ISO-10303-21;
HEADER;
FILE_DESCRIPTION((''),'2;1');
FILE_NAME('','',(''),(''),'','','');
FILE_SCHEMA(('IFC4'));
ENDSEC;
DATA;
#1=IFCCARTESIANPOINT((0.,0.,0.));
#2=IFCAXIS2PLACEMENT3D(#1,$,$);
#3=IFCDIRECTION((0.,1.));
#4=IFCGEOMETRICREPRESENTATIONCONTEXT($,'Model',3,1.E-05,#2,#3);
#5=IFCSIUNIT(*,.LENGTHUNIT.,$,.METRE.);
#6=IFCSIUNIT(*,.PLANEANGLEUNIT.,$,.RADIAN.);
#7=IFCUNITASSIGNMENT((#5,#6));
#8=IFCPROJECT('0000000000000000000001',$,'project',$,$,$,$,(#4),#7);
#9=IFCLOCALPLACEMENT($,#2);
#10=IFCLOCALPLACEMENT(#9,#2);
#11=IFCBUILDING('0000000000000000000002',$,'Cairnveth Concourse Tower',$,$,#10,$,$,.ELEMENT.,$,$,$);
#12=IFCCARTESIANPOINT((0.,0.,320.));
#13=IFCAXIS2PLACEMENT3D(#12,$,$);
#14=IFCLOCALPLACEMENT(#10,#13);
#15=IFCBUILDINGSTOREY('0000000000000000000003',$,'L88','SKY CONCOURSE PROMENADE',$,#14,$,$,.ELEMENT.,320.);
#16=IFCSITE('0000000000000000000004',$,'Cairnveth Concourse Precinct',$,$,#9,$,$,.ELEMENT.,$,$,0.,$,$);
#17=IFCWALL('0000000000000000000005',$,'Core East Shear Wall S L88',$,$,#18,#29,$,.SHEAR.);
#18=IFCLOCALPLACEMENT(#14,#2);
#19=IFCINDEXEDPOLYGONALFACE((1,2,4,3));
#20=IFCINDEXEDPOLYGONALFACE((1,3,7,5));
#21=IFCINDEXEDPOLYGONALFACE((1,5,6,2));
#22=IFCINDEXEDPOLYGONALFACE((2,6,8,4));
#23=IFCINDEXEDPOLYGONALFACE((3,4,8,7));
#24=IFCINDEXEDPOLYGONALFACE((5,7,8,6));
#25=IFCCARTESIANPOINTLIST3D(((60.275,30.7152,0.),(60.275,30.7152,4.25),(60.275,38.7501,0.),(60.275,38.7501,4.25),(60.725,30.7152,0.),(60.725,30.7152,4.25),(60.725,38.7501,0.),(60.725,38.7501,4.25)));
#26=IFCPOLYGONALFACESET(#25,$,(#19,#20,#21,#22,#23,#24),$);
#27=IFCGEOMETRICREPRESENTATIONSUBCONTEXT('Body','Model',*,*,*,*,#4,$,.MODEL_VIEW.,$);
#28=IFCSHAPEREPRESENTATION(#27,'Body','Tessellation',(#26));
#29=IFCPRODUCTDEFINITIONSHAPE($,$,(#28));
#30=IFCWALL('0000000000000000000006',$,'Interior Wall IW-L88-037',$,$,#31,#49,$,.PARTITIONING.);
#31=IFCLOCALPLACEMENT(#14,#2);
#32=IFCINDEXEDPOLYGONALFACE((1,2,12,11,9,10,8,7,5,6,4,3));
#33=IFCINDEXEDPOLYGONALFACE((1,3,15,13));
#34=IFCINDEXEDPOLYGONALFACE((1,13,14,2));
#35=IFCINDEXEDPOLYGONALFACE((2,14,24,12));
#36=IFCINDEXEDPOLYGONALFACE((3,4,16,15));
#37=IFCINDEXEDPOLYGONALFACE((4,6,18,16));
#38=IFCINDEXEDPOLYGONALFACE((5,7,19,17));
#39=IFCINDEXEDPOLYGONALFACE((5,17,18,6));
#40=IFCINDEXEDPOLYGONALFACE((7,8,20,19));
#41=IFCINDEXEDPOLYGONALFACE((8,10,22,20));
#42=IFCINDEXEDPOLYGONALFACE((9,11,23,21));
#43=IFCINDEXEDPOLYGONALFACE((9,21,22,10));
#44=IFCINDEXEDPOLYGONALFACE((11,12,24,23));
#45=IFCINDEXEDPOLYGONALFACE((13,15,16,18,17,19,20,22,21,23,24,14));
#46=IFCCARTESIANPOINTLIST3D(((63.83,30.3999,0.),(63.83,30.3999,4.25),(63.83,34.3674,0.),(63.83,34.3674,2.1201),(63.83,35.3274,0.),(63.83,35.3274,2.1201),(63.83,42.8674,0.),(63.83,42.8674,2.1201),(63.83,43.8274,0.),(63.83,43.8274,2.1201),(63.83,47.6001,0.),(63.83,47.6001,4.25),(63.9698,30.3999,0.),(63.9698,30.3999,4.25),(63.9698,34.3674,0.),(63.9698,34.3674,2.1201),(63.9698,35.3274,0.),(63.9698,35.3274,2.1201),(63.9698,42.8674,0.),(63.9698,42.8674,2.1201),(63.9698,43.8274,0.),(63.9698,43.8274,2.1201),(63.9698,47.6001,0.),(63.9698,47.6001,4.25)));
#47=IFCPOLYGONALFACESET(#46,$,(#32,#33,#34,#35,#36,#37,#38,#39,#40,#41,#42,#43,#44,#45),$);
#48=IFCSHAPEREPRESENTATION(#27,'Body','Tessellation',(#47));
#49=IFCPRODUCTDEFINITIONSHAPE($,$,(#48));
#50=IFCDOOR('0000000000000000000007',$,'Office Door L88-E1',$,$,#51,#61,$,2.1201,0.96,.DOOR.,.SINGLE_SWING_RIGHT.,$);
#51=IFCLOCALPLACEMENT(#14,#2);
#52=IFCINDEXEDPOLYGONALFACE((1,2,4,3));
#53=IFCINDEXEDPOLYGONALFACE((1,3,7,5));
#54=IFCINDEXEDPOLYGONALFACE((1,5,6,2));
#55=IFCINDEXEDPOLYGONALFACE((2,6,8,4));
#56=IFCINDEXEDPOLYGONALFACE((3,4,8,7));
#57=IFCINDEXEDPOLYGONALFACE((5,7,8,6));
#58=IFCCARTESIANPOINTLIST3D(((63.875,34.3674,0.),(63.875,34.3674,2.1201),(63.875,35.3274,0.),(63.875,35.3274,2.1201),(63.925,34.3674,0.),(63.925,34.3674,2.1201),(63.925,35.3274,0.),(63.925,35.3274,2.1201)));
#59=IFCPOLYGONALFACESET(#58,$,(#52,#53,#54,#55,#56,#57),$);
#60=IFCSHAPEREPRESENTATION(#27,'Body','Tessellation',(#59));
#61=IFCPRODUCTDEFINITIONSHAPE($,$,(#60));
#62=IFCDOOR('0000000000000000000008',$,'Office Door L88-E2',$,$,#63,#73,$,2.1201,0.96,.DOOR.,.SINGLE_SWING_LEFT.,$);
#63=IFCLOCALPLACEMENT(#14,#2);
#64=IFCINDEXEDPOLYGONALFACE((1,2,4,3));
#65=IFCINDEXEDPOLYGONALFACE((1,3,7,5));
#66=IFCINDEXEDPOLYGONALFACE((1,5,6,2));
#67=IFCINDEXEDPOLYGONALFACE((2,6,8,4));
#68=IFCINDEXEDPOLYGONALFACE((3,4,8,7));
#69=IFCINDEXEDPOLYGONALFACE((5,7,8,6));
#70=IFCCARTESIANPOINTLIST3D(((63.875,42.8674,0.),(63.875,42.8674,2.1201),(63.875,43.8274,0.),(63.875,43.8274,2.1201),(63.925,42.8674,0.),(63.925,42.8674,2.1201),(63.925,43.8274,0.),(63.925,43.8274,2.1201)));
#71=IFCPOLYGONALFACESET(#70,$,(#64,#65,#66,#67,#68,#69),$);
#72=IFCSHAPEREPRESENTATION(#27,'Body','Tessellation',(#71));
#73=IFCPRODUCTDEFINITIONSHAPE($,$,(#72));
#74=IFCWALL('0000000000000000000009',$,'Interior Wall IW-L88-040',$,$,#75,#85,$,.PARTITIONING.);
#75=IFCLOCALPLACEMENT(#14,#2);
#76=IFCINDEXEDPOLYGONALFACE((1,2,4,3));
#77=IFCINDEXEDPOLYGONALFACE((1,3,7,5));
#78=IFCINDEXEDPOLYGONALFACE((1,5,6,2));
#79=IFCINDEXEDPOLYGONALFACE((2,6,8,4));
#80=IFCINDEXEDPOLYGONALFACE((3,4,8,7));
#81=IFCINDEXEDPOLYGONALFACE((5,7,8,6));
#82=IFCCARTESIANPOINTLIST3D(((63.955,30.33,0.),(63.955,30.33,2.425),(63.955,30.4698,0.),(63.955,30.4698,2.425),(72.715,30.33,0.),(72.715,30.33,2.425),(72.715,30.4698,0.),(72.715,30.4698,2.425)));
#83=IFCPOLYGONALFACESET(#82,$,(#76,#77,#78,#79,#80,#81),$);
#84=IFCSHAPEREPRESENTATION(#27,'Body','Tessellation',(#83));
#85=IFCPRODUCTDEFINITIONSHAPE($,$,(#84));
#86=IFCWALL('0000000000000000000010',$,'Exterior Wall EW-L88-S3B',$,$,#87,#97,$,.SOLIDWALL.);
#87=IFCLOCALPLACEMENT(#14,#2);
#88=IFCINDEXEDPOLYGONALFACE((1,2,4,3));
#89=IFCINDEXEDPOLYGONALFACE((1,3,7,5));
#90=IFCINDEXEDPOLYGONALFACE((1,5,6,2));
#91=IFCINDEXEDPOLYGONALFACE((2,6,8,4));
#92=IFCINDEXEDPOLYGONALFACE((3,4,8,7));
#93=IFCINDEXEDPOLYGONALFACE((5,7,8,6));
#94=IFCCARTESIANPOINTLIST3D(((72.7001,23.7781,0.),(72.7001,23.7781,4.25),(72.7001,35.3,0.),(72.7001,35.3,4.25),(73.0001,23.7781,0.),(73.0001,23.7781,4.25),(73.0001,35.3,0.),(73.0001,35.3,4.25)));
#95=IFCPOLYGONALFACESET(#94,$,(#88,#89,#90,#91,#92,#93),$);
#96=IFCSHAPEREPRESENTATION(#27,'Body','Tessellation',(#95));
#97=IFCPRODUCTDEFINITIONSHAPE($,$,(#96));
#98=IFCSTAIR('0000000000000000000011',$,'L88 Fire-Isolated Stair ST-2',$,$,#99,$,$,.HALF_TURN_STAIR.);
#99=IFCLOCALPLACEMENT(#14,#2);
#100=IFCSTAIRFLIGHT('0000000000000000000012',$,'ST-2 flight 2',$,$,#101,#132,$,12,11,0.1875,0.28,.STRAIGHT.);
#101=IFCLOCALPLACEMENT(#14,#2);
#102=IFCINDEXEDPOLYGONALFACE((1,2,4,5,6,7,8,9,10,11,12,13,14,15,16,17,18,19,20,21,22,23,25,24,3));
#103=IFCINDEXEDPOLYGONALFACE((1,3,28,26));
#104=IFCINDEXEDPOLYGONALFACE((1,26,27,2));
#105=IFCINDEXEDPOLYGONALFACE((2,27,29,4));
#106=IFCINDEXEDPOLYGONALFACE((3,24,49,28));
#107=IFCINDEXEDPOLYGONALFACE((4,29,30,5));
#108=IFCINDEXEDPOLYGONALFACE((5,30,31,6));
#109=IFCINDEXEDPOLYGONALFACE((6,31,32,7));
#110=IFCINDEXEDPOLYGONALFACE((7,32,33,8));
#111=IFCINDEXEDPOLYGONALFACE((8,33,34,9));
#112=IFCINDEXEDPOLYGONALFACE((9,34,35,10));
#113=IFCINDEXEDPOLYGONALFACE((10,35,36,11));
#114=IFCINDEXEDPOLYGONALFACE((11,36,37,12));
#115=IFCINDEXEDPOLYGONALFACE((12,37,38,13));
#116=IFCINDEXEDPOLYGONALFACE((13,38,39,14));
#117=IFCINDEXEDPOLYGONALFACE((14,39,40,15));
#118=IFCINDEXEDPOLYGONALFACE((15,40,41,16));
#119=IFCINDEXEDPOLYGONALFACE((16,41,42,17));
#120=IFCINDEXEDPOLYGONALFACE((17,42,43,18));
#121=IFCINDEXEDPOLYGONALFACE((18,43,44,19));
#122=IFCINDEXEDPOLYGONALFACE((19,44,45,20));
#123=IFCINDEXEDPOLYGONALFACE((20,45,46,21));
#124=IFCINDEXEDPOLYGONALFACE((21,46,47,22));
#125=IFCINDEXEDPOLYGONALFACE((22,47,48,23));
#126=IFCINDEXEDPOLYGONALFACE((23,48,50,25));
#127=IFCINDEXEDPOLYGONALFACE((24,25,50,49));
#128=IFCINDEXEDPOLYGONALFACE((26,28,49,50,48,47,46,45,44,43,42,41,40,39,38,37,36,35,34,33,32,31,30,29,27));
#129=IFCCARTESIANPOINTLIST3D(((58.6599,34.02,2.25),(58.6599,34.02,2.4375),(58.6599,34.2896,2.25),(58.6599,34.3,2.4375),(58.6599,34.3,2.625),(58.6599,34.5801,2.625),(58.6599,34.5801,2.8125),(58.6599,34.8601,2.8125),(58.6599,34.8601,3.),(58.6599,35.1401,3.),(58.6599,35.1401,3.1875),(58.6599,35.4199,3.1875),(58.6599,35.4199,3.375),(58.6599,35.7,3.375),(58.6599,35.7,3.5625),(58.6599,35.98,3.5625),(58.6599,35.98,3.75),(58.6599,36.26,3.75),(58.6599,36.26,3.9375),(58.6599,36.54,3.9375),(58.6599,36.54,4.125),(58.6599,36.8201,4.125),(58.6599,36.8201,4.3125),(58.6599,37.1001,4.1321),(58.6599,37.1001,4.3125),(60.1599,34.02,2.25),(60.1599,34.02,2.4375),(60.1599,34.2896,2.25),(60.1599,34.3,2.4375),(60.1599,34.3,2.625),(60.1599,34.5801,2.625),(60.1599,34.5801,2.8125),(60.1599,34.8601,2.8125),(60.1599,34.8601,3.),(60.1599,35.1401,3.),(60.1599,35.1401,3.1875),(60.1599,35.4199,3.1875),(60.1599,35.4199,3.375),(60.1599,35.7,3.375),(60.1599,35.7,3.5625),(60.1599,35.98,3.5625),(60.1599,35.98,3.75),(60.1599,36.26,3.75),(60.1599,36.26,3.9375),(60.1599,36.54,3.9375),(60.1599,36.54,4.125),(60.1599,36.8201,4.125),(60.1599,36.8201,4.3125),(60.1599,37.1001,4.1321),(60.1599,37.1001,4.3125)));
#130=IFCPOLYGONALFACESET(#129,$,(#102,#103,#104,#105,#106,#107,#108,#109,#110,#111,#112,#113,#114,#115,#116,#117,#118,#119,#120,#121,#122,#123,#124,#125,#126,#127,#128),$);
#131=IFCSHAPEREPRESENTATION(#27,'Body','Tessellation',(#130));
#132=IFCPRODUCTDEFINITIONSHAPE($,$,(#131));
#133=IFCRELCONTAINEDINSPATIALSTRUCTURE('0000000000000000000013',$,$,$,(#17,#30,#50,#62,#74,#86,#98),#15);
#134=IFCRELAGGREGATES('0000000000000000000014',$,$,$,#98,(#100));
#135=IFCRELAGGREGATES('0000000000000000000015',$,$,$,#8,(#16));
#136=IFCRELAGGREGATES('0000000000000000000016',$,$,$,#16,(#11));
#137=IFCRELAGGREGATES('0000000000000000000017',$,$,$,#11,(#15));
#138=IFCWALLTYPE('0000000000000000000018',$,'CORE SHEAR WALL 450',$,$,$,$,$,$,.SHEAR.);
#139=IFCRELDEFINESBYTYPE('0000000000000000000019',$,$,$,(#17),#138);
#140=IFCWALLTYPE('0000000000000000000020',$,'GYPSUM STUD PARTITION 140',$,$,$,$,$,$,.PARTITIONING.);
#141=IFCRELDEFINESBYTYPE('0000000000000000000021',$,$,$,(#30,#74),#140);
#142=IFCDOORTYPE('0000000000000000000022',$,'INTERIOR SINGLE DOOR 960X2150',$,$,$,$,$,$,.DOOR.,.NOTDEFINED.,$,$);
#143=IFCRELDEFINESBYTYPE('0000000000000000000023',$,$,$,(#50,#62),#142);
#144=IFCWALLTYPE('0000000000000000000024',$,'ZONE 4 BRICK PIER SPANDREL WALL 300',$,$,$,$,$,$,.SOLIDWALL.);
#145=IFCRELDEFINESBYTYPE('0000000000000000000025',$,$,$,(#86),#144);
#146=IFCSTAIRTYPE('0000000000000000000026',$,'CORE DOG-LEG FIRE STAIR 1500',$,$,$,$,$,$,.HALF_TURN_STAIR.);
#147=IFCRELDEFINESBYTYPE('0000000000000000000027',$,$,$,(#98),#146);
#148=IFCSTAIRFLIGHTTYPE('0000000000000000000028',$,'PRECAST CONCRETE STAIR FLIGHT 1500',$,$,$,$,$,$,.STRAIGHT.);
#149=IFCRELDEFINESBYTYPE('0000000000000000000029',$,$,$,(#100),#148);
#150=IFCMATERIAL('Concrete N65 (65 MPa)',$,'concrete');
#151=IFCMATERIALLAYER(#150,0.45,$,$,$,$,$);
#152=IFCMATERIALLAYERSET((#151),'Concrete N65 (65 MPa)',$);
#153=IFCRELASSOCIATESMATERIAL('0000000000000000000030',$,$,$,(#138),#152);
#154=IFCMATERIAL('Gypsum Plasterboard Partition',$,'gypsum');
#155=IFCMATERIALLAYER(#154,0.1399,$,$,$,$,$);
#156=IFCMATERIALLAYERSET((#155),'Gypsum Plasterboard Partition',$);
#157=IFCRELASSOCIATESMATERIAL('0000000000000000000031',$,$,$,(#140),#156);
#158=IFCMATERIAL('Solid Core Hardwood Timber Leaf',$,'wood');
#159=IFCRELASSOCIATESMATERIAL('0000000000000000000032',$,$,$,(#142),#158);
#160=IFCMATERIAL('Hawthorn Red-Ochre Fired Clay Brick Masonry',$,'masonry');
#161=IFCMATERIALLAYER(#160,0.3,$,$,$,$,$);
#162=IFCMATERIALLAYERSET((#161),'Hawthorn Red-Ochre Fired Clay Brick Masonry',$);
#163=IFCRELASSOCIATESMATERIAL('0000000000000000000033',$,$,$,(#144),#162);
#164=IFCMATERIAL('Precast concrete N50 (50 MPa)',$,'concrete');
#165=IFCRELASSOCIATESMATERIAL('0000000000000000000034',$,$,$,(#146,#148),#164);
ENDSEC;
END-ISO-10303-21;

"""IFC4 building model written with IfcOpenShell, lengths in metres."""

from ifc_helpers import new_model, si_unit, direction, frame, frame_2d, origin, place, context, subcontext, project, spatial, polyline, rectangle, outline, extrude, material, layer, layer_set, type_object, element, fill, aggregate, save


model = new_model("IFC4")

# Units and contexts
model_context = context("Model", 3, precision=1e-05, world=origin(), true_north=direction((0.0, 1.0)))
body_context = subcontext(model_context, "Body", "Model", "MODEL_VIEW")
ifc_project = project(units=[si_unit("LENGTHUNIT", "METRE"), si_unit("PLANEANGLEUNIT", "RADIAN")], contexts=[model_context])

# Site, building, storey
site_placement = place(None, origin())
site = spatial("IfcSite", under=ifc_project, at=site_placement, Name="Cairnveth Concourse Precinct", CompositionType="ELEMENT", RefElevation=0.0)
building_placement = place(site_placement, origin())
building = spatial("IfcBuilding", under=site, at=building_placement, Name="Cairnveth Concourse Tower", CompositionType="ELEMENT")
storey_placement = place(building_placement, frame((0.0, 0.0, 320.0)))
storey = spatial("IfcBuildingStorey", under=building, at=storey_placement, Name="L88", Description="SKY CONCOURSE PROMENADE", CompositionType="ELEMENT", Elevation=320.0)

# Shared definitions
ifc_material_1 = material(Name="Concrete N65 (65 MPa)", Category="concrete")

# Wall
ifc_layer_1 = layer(ifc_material_1, 0.45)
ifc_layer_set_1 = layer_set([ifc_layer_1], Name="Concrete N65 (65 MPa)")
wall_type_1 = type_object("IfcWallType", Name="CORE SHEAR WALL 450", PredefinedType="SHEAR", material=ifc_layer_set_1)
wall_1_placement = place(storey_placement, frame((60.5, 30.7151, 0.0), z_axis=(0.0, 0.0, 1.0), x_axis=(0.0, 1.0, 0.0)))
element("IfcWall", 1, at=wall_1_placement, inside=storey, type_object=wall_type_1, Name="Core East Shear Wall S L88", PredefinedType="SHEAR", context=body_context, shape_type="SweptSolid", body=[
    extrude(rectangle(XDim=8.0349, YDim=0.45, at=frame_2d((4.0176, 0.0))), origin(), (0.0, 0.0, 1.0), 4.25),
])

# Wall, openings, doors
ifc_material_2 = material(Name="Gypsum Plasterboard Partition", Category="gypsum")
ifc_layer_2 = layer(ifc_material_2, 0.1399)
ifc_layer_set_2 = layer_set([ifc_layer_2], Name="Gypsum Plasterboard Partition")
wall_type_2 = type_object("IfcWallType", Name="GYPSUM STUD PARTITION 140", PredefinedType="PARTITIONING", material=ifc_layer_set_2)
wall_2_placement = place(storey_placement, frame((63.8999, 30.3999, 0.0), z_axis=(0.0, 0.0, 1.0), x_axis=(0.0, 1.0, 0.0)))
wall_2 = element("IfcWall", 2, at=wall_2_placement, inside=storey, type_object=wall_type_2, Name="Interior Wall IW-L88-037", PredefinedType="PARTITIONING", context=body_context, shape_type="SweptSolid", body=[
    extrude(rectangle(XDim=17.2002, YDim=0.1399, at=frame_2d((8.6001, 0.0))), origin(), (0.0, 0.0, 1.0), 4.25),
])
opening_1_placement = place(wall_2_placement, frame((3.9675, 0.0, 0.0)))
opening_1 = element("IfcOpeningElement", 3, at=opening_1_placement, cuts=wall_2, PredefinedType="OPENING", context=body_context, shape_type="SweptSolid", body=[
    extrude(rectangle(XDim=0.96, YDim=2.1201, at=frame_2d((0.48, 1.0601))), frame((0.0, 0.0798, 0.0), z_axis=(0.0, -1.0, 0.0), x_axis=(1.0, 0.0, 0.0)), (0.0, 0.0, 1.0), 0.1599),
])
opening_2_placement = place(wall_2_placement, frame((12.4675, 0.0, 0.0)))
opening_2 = element("IfcOpeningElement", 4, at=opening_2_placement, cuts=wall_2, PredefinedType="OPENING", context=body_context, shape_type="SweptSolid", body=[
    extrude(rectangle(XDim=0.96, YDim=2.1201, at=frame_2d((0.48, 1.0601))), frame((0.0, 0.0798, 0.0), z_axis=(0.0, -1.0, 0.0), x_axis=(1.0, 0.0, 0.0)), (0.0, 0.0, 1.0), 0.1599),
])
ifc_material_3 = material(Name="Solid Core Hardwood Timber Leaf", Category="wood")
door_type = type_object("IfcDoorType", Name="INTERIOR SINGLE DOOR 960X2150", OperationType="NOTDEFINED", PredefinedType="DOOR", material=ifc_material_3)
door_1_placement = place(opening_1_placement, origin())
door_1 = element("IfcDoor", 5, at=door_1_placement, inside=storey, type_object=door_type, Name="Office Door L88-E1", OperationType="SINGLE_SWING_RIGHT", OverallHeight=2.1201, OverallWidth=0.96, PredefinedType="DOOR", context=body_context, shape_type="SweptSolid", body=[
    extrude(rectangle(XDim=0.96, YDim=2.1201, at=frame_2d((0.48, 1.0601))), frame((0.0, 0.0249, 0.0), z_axis=(0.0, -1.0, 0.0), x_axis=(1.0, 0.0, 0.0)), (0.0, 0.0, 1.0), 0.05),
])
fill(opening_1, door_1)
door_2_placement = place(opening_2_placement, origin())
door_2 = element("IfcDoor", 6, at=door_2_placement, inside=storey, type_object=door_type, Name="Office Door L88-E2", OperationType="SINGLE_SWING_LEFT", OverallHeight=2.1201, OverallWidth=0.96, PredefinedType="DOOR", context=body_context, shape_type="SweptSolid", body=[
    extrude(rectangle(XDim=0.96, YDim=2.1201, at=frame_2d((0.48, 1.0601))), frame((0.0, 0.0249, 0.0), z_axis=(0.0, -1.0, 0.0), x_axis=(1.0, 0.0, 0.0)), (0.0, 0.0, 1.0), 0.05),
])
fill(opening_2, door_2)

# Walls
wall_3_placement = place(storey_placement, frame((63.9551, 30.3999, 0.0), z_axis=(0.0, 0.0, 1.0), x_axis=(1.0, 0.0, 0.0)))
element("IfcWall", 7, at=wall_3_placement, inside=storey, type_object=wall_type_2, Name="Interior Wall IW-L88-040", PredefinedType="PARTITIONING", context=body_context, shape_type="SweptSolid", body=[
    extrude(rectangle(XDim=8.76, YDim=0.1399, at=frame_2d((4.3799, 0.0))), origin(), (0.0, 0.0, 1.0), 2.425),
])
ifc_material_4 = material(Name="Hawthorn Red-Ochre Fired Clay Brick Masonry", Category="masonry")
ifc_layer_3 = layer(ifc_material_4, 0.3)
ifc_layer_set_3 = layer_set([ifc_layer_3], Name="Hawthorn Red-Ochre Fired Clay Brick Masonry")
wall_type_3 = type_object("IfcWallType", Name="ZONE 4 BRICK PIER SPANDREL WALL 300", PredefinedType="SOLIDWALL", material=ifc_layer_set_3)
wall_4_placement = place(storey_placement, frame((72.8501, 35.3, 0.0), z_axis=(0.0, 0.0, 1.0), x_axis=(0.0, -1.0, 0.0)))
element("IfcWall", 8, at=wall_4_placement, inside=storey, type_object=wall_type_3, Name="Exterior Wall EW-L88-S3B", PredefinedType="SOLIDWALL", context=body_context, shape_type="SweptSolid", body=[
    extrude(rectangle(XDim=11.522, YDim=0.3, at=frame_2d((5.761, 0.0))), origin(), (0.0, 0.0, 1.0), 4.25),
])

# Stair, stair flight
ifc_material_5 = material(Name="Precast concrete N50 (50 MPa)", Category="concrete")
stair_type = type_object("IfcStairType", Name="CORE DOG-LEG FIRE STAIR 1500", PredefinedType="HALF_TURN_STAIR", material=ifc_material_5)
stair_placement = place(storey_placement, origin())
stair = element("IfcStair", 9, at=stair_placement, inside=storey, type_object=stair_type, Name="L88 Fire-Isolated Stair ST-2", PredefinedType="HALF_TURN_STAIR")
stair_flight_type = type_object("IfcStairFlightType", Name="PRECAST CONCRETE STAIR FLIGHT 1500", PredefinedType="STRAIGHT", material=ifc_material_5)
stair_flight_placement = place(storey_placement, frame((59.4099, 34.02, 2.25), z_axis=(0.0, 0.0, 1.0), x_axis=(0.0, 1.0, 0.0)))
stair_flight = element("IfcStairFlight", 10, at=stair_flight_placement, type_object=stair_flight_type, Name="ST-2 flight 2", NumberOfRisers=12, NumberOfTreads=11, PredefinedType="STRAIGHT", RiserHeight=0.1875, TreadLength=0.28, context=body_context, shape_type="SweptSolid", body=[
    extrude(outline(polyline([(0.0, 0.0), (0.0, 0.1875), (0.28, 0.1875), (0.28, 0.375), (0.5601, 0.375), (0.5601, 0.5625), (0.8401, 0.5625), (0.8401, 0.75), (1.1201, 0.75), (1.1201, 0.9375), (1.3999, 0.9375), (1.3999, 1.125), (1.6799, 1.125), (1.6799, 1.3125), (1.96, 1.3125), (1.96, 1.5), (2.24, 1.5), (2.24, 1.6875), (2.52, 1.6875), (2.52, 1.875), (2.8, 1.875), (2.8, 2.0625), (3.0801, 2.0625), (3.0801, 2.25), (3.0801, 1.8821), (0.2695, 0.0), (0.0, 0.0)])), frame((0.0, 0.75, 0.0), z_axis=(0.0, -1.0, 0.0), x_axis=(1.0, 0.0, 0.0)), (0.0, 0.0, 1.0), 1.5),
])
aggregate(stair, [stair_flight])

save(model, "model.ifc")
